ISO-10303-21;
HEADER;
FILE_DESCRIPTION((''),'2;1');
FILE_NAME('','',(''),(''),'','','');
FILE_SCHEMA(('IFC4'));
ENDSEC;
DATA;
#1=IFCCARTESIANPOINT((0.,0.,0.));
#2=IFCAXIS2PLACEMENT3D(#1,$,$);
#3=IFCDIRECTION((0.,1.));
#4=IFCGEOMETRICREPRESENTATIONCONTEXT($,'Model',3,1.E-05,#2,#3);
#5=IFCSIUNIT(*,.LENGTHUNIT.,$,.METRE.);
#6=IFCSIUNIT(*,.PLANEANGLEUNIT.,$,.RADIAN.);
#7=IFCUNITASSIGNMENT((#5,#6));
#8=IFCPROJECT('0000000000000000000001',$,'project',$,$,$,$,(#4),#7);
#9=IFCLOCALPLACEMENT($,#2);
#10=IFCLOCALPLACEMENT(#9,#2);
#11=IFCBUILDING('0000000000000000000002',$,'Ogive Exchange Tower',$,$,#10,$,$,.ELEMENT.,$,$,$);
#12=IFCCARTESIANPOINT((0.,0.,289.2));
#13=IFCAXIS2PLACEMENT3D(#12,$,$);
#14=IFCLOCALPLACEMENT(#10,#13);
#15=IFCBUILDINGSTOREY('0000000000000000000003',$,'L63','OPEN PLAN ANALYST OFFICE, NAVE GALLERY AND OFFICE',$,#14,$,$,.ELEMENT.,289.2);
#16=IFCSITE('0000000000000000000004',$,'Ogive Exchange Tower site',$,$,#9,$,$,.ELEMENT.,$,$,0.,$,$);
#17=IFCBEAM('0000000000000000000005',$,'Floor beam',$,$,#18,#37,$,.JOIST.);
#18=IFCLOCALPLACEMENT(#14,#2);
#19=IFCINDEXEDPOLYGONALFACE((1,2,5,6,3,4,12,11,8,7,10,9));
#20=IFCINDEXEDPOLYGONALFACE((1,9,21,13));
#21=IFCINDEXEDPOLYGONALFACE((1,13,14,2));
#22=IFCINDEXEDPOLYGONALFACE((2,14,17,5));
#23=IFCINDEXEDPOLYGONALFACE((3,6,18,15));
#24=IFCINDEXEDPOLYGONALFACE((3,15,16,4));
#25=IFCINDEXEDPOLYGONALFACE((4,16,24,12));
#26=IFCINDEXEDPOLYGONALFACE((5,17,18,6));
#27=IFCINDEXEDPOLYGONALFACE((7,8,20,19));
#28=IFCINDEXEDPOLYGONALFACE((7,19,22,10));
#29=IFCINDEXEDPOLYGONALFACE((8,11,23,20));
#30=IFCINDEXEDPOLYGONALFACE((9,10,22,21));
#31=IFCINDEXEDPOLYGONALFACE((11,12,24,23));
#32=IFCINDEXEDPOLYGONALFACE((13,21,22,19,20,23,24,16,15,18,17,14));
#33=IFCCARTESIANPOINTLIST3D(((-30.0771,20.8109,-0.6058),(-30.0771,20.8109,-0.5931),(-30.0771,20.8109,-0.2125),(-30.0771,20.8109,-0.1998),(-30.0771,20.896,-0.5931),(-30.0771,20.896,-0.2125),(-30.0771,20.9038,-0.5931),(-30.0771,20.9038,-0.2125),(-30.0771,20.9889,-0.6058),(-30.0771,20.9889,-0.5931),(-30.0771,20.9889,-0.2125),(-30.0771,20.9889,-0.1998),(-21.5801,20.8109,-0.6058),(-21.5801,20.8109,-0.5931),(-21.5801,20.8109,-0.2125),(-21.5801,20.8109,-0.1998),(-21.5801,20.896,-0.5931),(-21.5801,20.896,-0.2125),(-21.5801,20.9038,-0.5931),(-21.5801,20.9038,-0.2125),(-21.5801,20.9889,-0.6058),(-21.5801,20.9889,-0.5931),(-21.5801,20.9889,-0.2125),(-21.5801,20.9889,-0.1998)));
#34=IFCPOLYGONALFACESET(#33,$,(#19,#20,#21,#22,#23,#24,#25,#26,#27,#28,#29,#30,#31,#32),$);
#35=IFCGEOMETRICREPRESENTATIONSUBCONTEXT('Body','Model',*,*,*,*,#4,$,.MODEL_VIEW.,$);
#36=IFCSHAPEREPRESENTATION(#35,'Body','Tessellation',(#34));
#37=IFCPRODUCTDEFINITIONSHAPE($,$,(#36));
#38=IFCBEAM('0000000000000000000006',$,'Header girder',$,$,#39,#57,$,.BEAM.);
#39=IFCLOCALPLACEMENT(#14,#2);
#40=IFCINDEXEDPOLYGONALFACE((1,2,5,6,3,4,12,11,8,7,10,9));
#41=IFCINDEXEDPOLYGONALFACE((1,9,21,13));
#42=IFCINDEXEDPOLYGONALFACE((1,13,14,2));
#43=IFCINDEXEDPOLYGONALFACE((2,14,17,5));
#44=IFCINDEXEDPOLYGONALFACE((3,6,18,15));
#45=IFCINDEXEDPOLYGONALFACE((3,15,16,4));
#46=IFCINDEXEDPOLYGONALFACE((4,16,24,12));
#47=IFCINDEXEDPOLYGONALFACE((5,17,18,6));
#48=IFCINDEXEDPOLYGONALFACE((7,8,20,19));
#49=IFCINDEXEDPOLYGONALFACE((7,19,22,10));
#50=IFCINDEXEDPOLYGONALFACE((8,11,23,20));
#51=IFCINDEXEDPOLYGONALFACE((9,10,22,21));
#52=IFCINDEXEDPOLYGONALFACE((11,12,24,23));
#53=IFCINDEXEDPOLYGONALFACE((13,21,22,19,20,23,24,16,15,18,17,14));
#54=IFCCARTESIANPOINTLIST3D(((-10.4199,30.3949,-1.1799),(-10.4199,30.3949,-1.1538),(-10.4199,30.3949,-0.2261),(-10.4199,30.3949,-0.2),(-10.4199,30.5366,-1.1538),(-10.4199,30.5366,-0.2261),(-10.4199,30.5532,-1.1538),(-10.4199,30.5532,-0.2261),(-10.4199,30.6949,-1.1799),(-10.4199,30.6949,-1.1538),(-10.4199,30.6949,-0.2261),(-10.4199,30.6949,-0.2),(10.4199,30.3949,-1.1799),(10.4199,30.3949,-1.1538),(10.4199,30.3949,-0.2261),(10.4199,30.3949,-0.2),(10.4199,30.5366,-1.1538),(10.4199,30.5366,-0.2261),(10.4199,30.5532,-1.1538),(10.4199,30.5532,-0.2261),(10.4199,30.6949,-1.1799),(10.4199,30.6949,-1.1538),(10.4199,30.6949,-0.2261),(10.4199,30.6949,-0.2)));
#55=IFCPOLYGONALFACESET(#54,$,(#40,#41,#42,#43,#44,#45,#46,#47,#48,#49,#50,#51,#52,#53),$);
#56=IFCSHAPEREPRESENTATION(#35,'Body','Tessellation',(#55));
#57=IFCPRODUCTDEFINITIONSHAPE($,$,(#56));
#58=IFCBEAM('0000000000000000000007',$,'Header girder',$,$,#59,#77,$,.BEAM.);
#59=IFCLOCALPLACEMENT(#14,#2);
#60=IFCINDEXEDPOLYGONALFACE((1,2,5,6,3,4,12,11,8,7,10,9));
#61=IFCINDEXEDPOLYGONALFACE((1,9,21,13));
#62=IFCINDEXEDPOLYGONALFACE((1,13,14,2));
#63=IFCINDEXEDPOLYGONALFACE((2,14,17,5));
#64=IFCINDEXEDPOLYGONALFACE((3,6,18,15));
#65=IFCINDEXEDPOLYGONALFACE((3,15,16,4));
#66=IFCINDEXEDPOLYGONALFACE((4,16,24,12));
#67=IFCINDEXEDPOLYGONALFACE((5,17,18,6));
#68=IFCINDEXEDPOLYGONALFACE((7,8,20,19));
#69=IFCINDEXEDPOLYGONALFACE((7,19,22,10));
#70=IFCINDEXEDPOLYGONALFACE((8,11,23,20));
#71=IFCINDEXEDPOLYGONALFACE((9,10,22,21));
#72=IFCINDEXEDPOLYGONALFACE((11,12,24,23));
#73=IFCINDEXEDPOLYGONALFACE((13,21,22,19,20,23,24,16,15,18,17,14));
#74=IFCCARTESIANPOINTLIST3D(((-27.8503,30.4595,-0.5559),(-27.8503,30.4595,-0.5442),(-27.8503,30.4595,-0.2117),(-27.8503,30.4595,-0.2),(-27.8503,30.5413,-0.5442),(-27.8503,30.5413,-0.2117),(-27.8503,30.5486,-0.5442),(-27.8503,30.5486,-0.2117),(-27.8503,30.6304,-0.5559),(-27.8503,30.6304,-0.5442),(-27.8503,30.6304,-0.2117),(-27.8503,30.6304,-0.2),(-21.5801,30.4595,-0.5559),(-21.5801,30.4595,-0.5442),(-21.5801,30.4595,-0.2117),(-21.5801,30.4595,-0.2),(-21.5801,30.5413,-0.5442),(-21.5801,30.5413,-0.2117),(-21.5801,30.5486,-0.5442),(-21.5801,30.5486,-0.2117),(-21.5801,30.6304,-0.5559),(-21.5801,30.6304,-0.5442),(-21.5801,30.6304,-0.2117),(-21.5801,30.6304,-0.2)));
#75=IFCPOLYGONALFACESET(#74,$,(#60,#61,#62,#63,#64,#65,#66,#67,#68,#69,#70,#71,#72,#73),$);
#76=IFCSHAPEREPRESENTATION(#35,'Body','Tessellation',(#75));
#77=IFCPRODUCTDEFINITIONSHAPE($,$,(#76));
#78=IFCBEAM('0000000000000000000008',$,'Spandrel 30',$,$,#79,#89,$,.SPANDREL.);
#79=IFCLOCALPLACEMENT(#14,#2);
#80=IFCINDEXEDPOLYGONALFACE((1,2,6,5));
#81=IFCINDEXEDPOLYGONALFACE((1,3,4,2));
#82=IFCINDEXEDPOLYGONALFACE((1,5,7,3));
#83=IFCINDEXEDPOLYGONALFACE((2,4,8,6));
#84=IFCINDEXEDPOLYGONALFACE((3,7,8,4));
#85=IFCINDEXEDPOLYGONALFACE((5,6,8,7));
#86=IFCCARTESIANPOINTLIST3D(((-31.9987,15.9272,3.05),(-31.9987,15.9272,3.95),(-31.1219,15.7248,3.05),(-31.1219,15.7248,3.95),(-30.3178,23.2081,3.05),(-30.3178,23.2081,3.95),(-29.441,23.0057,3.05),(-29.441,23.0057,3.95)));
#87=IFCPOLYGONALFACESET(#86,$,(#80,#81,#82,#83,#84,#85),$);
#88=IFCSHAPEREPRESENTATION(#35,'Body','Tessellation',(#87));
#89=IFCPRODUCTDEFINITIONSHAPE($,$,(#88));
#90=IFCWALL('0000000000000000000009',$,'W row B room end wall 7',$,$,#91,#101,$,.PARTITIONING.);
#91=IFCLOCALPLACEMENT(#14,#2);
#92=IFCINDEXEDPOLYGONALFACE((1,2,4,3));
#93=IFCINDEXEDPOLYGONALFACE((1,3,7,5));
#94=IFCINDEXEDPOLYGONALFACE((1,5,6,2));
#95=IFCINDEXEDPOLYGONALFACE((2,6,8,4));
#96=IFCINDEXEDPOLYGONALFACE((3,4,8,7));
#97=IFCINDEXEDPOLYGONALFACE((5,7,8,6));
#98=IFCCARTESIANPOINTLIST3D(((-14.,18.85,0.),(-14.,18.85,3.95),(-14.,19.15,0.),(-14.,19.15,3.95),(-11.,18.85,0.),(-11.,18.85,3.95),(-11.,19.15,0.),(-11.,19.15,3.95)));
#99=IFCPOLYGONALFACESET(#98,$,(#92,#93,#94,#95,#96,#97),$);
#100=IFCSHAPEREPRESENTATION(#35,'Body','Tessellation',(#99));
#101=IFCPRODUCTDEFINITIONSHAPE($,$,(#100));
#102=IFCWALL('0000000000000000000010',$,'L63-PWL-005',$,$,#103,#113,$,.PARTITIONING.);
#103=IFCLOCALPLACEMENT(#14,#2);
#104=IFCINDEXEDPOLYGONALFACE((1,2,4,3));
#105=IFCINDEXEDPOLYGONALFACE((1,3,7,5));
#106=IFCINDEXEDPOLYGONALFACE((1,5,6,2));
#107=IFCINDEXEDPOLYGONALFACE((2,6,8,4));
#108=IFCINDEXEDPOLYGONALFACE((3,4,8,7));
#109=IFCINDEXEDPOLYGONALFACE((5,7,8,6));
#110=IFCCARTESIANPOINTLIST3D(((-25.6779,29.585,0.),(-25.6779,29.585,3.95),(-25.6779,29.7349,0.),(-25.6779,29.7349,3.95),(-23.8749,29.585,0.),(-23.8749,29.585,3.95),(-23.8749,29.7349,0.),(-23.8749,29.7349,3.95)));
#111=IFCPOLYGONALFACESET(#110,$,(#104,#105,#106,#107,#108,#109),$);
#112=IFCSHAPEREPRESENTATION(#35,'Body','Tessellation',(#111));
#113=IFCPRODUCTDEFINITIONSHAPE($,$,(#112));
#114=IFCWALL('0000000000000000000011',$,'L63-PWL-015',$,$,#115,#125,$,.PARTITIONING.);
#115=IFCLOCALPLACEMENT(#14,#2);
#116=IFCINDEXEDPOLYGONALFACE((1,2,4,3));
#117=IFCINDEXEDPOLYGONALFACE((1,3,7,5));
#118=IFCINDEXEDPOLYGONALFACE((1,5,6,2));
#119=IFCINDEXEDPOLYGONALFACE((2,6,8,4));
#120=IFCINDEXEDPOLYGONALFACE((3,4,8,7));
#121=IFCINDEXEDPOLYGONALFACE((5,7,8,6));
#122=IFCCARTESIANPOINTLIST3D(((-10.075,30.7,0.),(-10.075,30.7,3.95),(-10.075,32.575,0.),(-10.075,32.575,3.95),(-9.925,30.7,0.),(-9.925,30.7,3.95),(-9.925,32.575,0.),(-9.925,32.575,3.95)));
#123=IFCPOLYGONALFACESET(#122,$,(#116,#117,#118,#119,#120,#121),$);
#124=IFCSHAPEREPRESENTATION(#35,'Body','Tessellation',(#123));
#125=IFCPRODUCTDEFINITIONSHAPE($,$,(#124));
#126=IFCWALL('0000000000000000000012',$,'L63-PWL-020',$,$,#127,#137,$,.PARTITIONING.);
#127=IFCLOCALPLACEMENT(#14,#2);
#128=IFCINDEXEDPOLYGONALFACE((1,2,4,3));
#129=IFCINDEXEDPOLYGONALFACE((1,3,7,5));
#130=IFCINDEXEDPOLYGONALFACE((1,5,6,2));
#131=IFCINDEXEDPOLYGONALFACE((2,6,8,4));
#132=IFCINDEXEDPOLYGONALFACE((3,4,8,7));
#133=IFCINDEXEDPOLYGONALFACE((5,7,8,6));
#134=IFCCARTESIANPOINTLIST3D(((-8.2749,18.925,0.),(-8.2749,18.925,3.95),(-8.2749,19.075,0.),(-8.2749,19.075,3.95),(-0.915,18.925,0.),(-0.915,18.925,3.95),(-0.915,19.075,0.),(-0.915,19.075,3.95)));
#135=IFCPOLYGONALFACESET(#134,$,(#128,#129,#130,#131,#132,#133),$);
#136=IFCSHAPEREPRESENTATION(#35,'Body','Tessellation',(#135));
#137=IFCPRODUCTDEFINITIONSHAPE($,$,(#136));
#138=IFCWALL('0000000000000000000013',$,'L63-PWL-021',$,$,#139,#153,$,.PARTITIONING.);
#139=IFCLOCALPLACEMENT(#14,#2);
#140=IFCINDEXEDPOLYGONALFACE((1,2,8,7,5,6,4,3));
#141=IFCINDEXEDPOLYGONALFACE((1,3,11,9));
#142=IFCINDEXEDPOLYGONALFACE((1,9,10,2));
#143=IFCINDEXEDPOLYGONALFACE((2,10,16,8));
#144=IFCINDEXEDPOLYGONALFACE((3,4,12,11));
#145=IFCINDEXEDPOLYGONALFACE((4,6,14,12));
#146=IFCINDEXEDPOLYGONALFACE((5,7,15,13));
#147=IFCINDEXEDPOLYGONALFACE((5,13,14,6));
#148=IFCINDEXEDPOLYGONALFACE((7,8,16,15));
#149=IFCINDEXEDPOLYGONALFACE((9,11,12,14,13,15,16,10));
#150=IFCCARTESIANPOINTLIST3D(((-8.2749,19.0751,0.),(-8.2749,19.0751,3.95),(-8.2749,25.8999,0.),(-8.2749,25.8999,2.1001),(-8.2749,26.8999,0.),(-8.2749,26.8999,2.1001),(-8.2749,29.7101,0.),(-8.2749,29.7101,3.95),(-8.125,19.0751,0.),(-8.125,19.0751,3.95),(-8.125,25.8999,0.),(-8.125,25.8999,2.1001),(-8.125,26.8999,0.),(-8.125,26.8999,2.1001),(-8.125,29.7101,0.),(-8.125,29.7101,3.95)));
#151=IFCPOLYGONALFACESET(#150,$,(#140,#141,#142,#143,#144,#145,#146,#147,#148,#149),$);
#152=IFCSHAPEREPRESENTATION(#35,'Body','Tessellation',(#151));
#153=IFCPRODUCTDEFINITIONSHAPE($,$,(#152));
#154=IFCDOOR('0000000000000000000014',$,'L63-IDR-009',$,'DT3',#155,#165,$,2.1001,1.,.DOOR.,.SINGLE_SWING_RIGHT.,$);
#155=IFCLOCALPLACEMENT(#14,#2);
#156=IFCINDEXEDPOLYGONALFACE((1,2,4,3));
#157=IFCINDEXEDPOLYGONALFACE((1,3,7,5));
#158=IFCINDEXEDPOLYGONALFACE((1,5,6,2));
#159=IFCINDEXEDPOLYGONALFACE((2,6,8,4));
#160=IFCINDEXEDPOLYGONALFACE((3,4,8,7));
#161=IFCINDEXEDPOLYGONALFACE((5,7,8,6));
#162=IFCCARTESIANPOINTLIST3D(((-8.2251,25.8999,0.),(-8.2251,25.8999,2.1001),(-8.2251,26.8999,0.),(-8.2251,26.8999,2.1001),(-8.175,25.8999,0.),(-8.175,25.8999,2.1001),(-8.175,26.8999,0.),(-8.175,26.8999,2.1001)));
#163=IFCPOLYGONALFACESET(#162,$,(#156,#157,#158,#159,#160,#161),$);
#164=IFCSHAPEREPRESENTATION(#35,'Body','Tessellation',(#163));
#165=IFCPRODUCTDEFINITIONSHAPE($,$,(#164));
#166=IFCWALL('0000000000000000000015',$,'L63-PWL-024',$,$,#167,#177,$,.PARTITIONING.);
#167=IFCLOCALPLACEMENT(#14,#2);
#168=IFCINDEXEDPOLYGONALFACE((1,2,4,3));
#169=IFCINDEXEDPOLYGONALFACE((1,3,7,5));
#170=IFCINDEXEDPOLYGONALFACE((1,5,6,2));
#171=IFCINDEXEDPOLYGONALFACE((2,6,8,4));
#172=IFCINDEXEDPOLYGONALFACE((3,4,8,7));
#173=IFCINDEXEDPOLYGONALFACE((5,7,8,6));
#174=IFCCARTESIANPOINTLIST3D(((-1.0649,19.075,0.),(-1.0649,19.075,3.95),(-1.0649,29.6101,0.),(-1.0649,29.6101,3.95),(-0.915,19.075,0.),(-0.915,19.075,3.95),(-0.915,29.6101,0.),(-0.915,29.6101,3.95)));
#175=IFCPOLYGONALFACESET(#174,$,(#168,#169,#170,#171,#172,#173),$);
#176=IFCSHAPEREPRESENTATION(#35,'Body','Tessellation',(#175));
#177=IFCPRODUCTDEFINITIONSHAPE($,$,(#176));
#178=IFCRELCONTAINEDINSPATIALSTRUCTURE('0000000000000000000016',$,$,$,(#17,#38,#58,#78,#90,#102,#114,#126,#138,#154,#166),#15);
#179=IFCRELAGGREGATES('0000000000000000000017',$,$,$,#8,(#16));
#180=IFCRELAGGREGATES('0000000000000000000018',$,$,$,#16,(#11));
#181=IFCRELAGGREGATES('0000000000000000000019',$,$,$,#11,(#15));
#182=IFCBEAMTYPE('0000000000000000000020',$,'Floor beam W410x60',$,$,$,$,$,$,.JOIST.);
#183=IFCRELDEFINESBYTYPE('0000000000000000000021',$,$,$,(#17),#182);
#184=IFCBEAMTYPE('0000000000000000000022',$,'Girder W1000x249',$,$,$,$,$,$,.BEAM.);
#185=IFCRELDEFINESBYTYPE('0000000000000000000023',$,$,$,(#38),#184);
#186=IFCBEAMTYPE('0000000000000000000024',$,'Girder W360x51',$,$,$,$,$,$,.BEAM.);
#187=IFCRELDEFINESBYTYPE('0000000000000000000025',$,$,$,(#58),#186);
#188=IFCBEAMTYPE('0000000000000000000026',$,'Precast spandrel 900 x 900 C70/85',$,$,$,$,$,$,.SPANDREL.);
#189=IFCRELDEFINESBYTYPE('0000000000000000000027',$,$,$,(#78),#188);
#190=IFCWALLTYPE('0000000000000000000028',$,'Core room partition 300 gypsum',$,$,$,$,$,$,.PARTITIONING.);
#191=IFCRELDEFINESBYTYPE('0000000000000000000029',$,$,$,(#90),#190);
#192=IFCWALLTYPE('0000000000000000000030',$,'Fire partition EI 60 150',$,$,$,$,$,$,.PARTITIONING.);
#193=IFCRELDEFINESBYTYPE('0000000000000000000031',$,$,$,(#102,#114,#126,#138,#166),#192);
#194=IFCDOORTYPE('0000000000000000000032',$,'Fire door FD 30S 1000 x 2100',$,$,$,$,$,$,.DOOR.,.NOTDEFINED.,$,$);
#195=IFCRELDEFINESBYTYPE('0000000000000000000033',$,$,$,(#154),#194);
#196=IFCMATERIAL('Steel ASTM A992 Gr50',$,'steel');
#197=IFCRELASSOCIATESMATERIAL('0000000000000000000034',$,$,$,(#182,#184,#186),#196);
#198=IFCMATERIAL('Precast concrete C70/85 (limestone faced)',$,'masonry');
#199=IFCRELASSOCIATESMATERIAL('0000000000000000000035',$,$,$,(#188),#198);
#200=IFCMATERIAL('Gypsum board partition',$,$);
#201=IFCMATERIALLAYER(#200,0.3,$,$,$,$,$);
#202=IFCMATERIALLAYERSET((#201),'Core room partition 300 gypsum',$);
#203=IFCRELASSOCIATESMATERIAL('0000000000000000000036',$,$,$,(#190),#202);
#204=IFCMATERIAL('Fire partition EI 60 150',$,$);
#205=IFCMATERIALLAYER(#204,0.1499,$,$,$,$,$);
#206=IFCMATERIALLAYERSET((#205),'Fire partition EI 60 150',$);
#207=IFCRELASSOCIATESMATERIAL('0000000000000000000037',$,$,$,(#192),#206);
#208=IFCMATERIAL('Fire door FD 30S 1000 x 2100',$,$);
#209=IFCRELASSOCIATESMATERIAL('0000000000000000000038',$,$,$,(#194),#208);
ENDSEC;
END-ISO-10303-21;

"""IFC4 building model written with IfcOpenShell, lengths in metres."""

from ifc_helpers import new_model, si_unit, direction, frame, frame_2d, origin, origin_2d, place, context, subcontext, project, spatial, rectangle, i_section, extrude, material, layer, layer_set, material_profile, profile_set, type_object, element, fill, save


model = new_model("IFC4")

# Units and contexts
model_context = context("Model", 3, precision=1e-05, world=origin(), true_north=direction((0.0, 1.0)))
body_context = subcontext(model_context, "Body", "Model", "MODEL_VIEW")
ifc_project = project(units=[si_unit("LENGTHUNIT", "METRE"), si_unit("PLANEANGLEUNIT", "RADIAN")], contexts=[model_context])

# Site, building, storey
site_placement = place(None, origin())
site = spatial("IfcSite", under=ifc_project, at=site_placement, Name="Ogive Exchange Tower site", CompositionType="ELEMENT", RefElevation=0.0)
building_placement = place(site_placement, origin())
building = spatial("IfcBuilding", under=site, at=building_placement, Name="Ogive Exchange Tower", CompositionType="ELEMENT")
storey_placement = place(building_placement, frame((0.0, 0.0, 289.2)))
storey = spatial("IfcBuildingStorey", under=building, at=storey_placement, Name="L63", Description="OPEN PLAN ANALYST OFFICE, NAVE GALLERY AND OFFICE", CompositionType="ELEMENT", Elevation=289.2)

# Shared definitions
ifc_material_1 = material(Name="Precast concrete C70/85 (limestone faced)", Category="masonry")

# Beams
ifc_material_2 = material(Name="Steel ASTM A992 Gr50", Category="steel")
ifc_material_profile_1 = material_profile(ifc_material_2, i_section(OverallWidth=0.178, OverallDepth=0.406, WebThickness=0.0078, FlangeThickness=0.0127, at=origin_2d()), Name="W410x60")
ifc_profile_set_1 = profile_set([ifc_material_profile_1], Name="Steel ASTM A992 Gr50")
beam_type_1 = type_object("IfcBeamType", Name="Floor beam W410x60", PredefinedType="JOIST", material=ifc_profile_set_1)
beam_1_placement = place(storey_placement, frame((-30.0771, 20.8999, -0.4028), z_axis=(1.0, 0.0, 0.0), x_axis=(0.0, 1.0, 0.0)))
element("IfcBeam", 1, at=beam_1_placement, inside=storey, type_object=beam_type_1, Name="Floor beam", PredefinedType="JOIST", context=body_context, shape_type="SweptSolid", body=[
    extrude(i_section(OverallWidth=0.178, OverallDepth=0.406, WebThickness=0.0078, FlangeThickness=0.0127, at=origin_2d()), origin(), (0.0, 0.0, 1.0), 8.4971),
])
ifc_material_profile_2 = material_profile(ifc_material_2, i_section(OverallWidth=0.3, OverallDepth=0.98, WebThickness=0.0166, FlangeThickness=0.0261, at=origin_2d()), Name="W1000x249")
ifc_profile_set_2 = profile_set([ifc_material_profile_2], Name="Steel ASTM A992 Gr50")
beam_type_2 = type_object("IfcBeamType", Name="Girder W1000x249", PredefinedType="BEAM", material=ifc_profile_set_2)
beam_2_placement = place(storey_placement, frame((-10.4199, 30.5449, -0.6899), z_axis=(1.0, 0.0, 0.0), x_axis=(0.0, 1.0, 0.0)))
element("IfcBeam", 2, at=beam_2_placement, inside=storey, type_object=beam_type_2, Name="Header girder", PredefinedType="BEAM", context=body_context, shape_type="SweptSolid", body=[
    extrude(i_section(OverallWidth=0.3, OverallDepth=0.98, WebThickness=0.0166, FlangeThickness=0.0261, at=origin_2d()), origin(), (0.0, 0.0, 1.0), 20.8398),
])
ifc_material_profile_3 = material_profile(ifc_material_2, i_section(OverallWidth=0.1709, OverallDepth=0.356, WebThickness=0.0073, FlangeThickness=0.0117, at=origin_2d()), Name="W360x51")
ifc_profile_set_3 = profile_set([ifc_material_profile_3], Name="Steel ASTM A992 Gr50")
beam_type_3 = type_object("IfcBeamType", Name="Girder W360x51", PredefinedType="BEAM", material=ifc_profile_set_3)
beam_3_placement = place(storey_placement, frame((-27.8503, 30.5449, -0.3779), z_axis=(1.0, 0.0, 0.0), x_axis=(0.0, 1.0, 0.0)))
element("IfcBeam", 3, at=beam_3_placement, inside=storey, type_object=beam_type_3, Name="Header girder", PredefinedType="BEAM", context=body_context, shape_type="SweptSolid", body=[
    extrude(i_section(OverallWidth=0.1709, OverallDepth=0.356, WebThickness=0.0073, FlangeThickness=0.0117, at=origin_2d()), origin(), (0.0, 0.0, 1.0), 6.2703),
])
ifc_material_profile_4 = material_profile(ifc_material_1, rectangle(XDim=0.8999, YDim=0.8999, at=origin_2d()), Name="900 x 900")
ifc_profile_set_4 = profile_set([ifc_material_profile_4], Name="Precast concrete C70/85 (limestone faced)")
beam_type_4 = type_object("IfcBeamType", Name="Precast spandrel 900 x 900 C70/85", PredefinedType="SPANDREL", material=ifc_profile_set_4)
beam_4_placement = place(storey_placement, frame((-29.8794, 23.1069, 3.5), z_axis=(-0.224945, -0.974371, 0.0), x_axis=(0.974371, -0.224945, 0.0)))
element("IfcBeam", 4, at=beam_4_placement, inside=storey, type_object=beam_type_4, Name="Spandrel 30", PredefinedType="SPANDREL", context=body_context, shape_type="SweptSolid", body=[
    extrude(rectangle(XDim=0.8999, YDim=0.8999, at=origin_2d()), origin(), (0.0, 0.0, 1.0), 7.4724),
])

# Walls
ifc_material_3 = material(Name="Gypsum board partition")
ifc_layer_1 = layer(ifc_material_3, 0.3)
ifc_layer_set_1 = layer_set([ifc_layer_1], Name="Core room partition 300 gypsum")
wall_type_1 = type_object("IfcWallType", Name="Core room partition 300 gypsum", PredefinedType="PARTITIONING", material=ifc_layer_set_1)
wall_1_placement = place(storey_placement, frame((-14.0, 19.0, 0.0), z_axis=(0.0, 0.0, 1.0), x_axis=(1.0, 0.0, 0.0)))
element("IfcWall", 5, at=wall_1_placement, inside=storey, type_object=wall_type_1, Name="W row B room end wall 7", PredefinedType="PARTITIONING", context=body_context, shape_type="SweptSolid", body=[
    extrude(rectangle(XDim=3.0, YDim=0.3, at=frame_2d((1.5, 0.0))), origin(), (0.0, 0.0, 1.0), 3.95),
])
ifc_material_4 = material(Name="Fire partition EI 60 150")
ifc_layer_2 = layer(ifc_material_4, 0.1499)
ifc_layer_set_2 = layer_set([ifc_layer_2], Name="Fire partition EI 60 150")
wall_type_2 = type_object("IfcWallType", Name="Fire partition EI 60 150", PredefinedType="PARTITIONING", material=ifc_layer_set_2)
wall_2_placement = place(storey_placement, frame((-23.875, 29.6599, 0.0), z_axis=(0.0, 0.0, 1.0), x_axis=(-1.0, 0.0, 0.0)))
element("IfcWall", 6, at=wall_2_placement, inside=storey, type_object=wall_type_2, Name="L63-PWL-005", PredefinedType="PARTITIONING", context=body_context, shape_type="SweptSolid", body=[
    extrude(rectangle(XDim=1.803, YDim=0.1499, at=frame_2d((0.9014, 0.0))), origin(), (0.0, 0.0, 1.0), 3.95),
])
wall_3_placement = place(storey_placement, frame((-10.0, 30.7, 0.0), z_axis=(0.0, 0.0, 1.0), x_axis=(0.0, 1.0, 0.0)))
element("IfcWall", 7, at=wall_3_placement, inside=storey, type_object=wall_type_2, Name="L63-PWL-015", PredefinedType="PARTITIONING", context=body_context, shape_type="SweptSolid", body=[
    extrude(rectangle(XDim=1.875, YDim=0.1499, at=frame_2d((0.9375, 0.0))), origin(), (0.0, 0.0, 1.0), 3.95),
])
wall_4_placement = place(storey_placement, frame((-8.2749, 19.0, 0.0), z_axis=(0.0, 0.0, 1.0), x_axis=(1.0, 0.0, 0.0)))
element("IfcWall", 8, at=wall_4_placement, inside=storey, type_object=wall_type_2, Name="L63-PWL-020", PredefinedType="PARTITIONING", context=body_context, shape_type="SweptSolid", body=[
    extrude(rectangle(XDim=7.3599, YDim=0.1499, at=frame_2d((3.6799, 0.0))), origin(), (0.0, 0.0, 1.0), 3.95),
])

# Wall, opening, door
wall_5_placement = place(storey_placement, frame((-8.2, 29.71, 0.0), z_axis=(0.0, 0.0, 1.0), x_axis=(0.0, -1.0, 0.0)))
wall_5 = element("IfcWall", 9, at=wall_5_placement, inside=storey, type_object=wall_type_2, Name="L63-PWL-021", PredefinedType="PARTITIONING", context=body_context, shape_type="SweptSolid", body=[
    extrude(rectangle(XDim=10.635, YDim=0.1499, at=frame_2d((5.3174, 0.0))), origin(), (0.0, 0.0, 1.0), 3.95),
])
opening_1_placement = place(wall_5_placement, frame((2.8101, 0.0, 0.0)))
opening_1 = element("IfcOpeningElement", 10, at=opening_1_placement, cuts=wall_5, PredefinedType="OPENING", context=body_context, shape_type="SweptSolid", body=[
    extrude(rectangle(XDim=1.0, YDim=2.1001, at=frame_2d((0.5, 1.05))), frame((0.0, 0.085, 0.0), z_axis=(0.0, -1.0, 0.0), x_axis=(1.0, 0.0, 0.0)), (0.0, 0.0, 1.0), 0.1699),
])
ifc_material_5 = material(Name="Fire door FD 30S 1000 x 2100")
door_type_1 = type_object("IfcDoorType", Name="Fire door FD 30S 1000 x 2100", OperationType="NOTDEFINED", PredefinedType="DOOR", material=ifc_material_5)
door_1_placement = place(opening_1_placement, origin())
door_1 = element("IfcDoor", 11, at=door_1_placement, inside=storey, type_object=door_type_1, Name="L63-IDR-009", ObjectType="DT3", OperationType="SINGLE_SWING_RIGHT", OverallHeight=2.1001, OverallWidth=1.0, PredefinedType="DOOR", context=body_context, shape_type="SweptSolid", body=[
    extrude(rectangle(XDim=1.0, YDim=2.1001, at=frame_2d((0.5, 1.05))), frame((0.0, 0.0249, 0.0), z_axis=(0.0, -1.0, 0.0), x_axis=(1.0, 0.0, 0.0)), (0.0, 0.0, 1.0), 0.05),
])
fill(opening_1, door_1)

# Wall
wall_6_placement = place(storey_placement, frame((-0.99, 19.075, 0.0), z_axis=(0.0, 0.0, 1.0), x_axis=(0.0, 1.0, 0.0)))
element("IfcWall", 12, at=wall_6_placement, inside=storey, type_object=wall_type_2, Name="L63-PWL-024", PredefinedType="PARTITIONING", context=body_context, shape_type="SweptSolid", body=[
    extrude(rectangle(XDim=10.5352, YDim=0.1499, at=frame_2d((5.2676, 0.0))), origin(), (0.0, 0.0, 1.0), 3.95),
])

save(model, "model.ifc")
